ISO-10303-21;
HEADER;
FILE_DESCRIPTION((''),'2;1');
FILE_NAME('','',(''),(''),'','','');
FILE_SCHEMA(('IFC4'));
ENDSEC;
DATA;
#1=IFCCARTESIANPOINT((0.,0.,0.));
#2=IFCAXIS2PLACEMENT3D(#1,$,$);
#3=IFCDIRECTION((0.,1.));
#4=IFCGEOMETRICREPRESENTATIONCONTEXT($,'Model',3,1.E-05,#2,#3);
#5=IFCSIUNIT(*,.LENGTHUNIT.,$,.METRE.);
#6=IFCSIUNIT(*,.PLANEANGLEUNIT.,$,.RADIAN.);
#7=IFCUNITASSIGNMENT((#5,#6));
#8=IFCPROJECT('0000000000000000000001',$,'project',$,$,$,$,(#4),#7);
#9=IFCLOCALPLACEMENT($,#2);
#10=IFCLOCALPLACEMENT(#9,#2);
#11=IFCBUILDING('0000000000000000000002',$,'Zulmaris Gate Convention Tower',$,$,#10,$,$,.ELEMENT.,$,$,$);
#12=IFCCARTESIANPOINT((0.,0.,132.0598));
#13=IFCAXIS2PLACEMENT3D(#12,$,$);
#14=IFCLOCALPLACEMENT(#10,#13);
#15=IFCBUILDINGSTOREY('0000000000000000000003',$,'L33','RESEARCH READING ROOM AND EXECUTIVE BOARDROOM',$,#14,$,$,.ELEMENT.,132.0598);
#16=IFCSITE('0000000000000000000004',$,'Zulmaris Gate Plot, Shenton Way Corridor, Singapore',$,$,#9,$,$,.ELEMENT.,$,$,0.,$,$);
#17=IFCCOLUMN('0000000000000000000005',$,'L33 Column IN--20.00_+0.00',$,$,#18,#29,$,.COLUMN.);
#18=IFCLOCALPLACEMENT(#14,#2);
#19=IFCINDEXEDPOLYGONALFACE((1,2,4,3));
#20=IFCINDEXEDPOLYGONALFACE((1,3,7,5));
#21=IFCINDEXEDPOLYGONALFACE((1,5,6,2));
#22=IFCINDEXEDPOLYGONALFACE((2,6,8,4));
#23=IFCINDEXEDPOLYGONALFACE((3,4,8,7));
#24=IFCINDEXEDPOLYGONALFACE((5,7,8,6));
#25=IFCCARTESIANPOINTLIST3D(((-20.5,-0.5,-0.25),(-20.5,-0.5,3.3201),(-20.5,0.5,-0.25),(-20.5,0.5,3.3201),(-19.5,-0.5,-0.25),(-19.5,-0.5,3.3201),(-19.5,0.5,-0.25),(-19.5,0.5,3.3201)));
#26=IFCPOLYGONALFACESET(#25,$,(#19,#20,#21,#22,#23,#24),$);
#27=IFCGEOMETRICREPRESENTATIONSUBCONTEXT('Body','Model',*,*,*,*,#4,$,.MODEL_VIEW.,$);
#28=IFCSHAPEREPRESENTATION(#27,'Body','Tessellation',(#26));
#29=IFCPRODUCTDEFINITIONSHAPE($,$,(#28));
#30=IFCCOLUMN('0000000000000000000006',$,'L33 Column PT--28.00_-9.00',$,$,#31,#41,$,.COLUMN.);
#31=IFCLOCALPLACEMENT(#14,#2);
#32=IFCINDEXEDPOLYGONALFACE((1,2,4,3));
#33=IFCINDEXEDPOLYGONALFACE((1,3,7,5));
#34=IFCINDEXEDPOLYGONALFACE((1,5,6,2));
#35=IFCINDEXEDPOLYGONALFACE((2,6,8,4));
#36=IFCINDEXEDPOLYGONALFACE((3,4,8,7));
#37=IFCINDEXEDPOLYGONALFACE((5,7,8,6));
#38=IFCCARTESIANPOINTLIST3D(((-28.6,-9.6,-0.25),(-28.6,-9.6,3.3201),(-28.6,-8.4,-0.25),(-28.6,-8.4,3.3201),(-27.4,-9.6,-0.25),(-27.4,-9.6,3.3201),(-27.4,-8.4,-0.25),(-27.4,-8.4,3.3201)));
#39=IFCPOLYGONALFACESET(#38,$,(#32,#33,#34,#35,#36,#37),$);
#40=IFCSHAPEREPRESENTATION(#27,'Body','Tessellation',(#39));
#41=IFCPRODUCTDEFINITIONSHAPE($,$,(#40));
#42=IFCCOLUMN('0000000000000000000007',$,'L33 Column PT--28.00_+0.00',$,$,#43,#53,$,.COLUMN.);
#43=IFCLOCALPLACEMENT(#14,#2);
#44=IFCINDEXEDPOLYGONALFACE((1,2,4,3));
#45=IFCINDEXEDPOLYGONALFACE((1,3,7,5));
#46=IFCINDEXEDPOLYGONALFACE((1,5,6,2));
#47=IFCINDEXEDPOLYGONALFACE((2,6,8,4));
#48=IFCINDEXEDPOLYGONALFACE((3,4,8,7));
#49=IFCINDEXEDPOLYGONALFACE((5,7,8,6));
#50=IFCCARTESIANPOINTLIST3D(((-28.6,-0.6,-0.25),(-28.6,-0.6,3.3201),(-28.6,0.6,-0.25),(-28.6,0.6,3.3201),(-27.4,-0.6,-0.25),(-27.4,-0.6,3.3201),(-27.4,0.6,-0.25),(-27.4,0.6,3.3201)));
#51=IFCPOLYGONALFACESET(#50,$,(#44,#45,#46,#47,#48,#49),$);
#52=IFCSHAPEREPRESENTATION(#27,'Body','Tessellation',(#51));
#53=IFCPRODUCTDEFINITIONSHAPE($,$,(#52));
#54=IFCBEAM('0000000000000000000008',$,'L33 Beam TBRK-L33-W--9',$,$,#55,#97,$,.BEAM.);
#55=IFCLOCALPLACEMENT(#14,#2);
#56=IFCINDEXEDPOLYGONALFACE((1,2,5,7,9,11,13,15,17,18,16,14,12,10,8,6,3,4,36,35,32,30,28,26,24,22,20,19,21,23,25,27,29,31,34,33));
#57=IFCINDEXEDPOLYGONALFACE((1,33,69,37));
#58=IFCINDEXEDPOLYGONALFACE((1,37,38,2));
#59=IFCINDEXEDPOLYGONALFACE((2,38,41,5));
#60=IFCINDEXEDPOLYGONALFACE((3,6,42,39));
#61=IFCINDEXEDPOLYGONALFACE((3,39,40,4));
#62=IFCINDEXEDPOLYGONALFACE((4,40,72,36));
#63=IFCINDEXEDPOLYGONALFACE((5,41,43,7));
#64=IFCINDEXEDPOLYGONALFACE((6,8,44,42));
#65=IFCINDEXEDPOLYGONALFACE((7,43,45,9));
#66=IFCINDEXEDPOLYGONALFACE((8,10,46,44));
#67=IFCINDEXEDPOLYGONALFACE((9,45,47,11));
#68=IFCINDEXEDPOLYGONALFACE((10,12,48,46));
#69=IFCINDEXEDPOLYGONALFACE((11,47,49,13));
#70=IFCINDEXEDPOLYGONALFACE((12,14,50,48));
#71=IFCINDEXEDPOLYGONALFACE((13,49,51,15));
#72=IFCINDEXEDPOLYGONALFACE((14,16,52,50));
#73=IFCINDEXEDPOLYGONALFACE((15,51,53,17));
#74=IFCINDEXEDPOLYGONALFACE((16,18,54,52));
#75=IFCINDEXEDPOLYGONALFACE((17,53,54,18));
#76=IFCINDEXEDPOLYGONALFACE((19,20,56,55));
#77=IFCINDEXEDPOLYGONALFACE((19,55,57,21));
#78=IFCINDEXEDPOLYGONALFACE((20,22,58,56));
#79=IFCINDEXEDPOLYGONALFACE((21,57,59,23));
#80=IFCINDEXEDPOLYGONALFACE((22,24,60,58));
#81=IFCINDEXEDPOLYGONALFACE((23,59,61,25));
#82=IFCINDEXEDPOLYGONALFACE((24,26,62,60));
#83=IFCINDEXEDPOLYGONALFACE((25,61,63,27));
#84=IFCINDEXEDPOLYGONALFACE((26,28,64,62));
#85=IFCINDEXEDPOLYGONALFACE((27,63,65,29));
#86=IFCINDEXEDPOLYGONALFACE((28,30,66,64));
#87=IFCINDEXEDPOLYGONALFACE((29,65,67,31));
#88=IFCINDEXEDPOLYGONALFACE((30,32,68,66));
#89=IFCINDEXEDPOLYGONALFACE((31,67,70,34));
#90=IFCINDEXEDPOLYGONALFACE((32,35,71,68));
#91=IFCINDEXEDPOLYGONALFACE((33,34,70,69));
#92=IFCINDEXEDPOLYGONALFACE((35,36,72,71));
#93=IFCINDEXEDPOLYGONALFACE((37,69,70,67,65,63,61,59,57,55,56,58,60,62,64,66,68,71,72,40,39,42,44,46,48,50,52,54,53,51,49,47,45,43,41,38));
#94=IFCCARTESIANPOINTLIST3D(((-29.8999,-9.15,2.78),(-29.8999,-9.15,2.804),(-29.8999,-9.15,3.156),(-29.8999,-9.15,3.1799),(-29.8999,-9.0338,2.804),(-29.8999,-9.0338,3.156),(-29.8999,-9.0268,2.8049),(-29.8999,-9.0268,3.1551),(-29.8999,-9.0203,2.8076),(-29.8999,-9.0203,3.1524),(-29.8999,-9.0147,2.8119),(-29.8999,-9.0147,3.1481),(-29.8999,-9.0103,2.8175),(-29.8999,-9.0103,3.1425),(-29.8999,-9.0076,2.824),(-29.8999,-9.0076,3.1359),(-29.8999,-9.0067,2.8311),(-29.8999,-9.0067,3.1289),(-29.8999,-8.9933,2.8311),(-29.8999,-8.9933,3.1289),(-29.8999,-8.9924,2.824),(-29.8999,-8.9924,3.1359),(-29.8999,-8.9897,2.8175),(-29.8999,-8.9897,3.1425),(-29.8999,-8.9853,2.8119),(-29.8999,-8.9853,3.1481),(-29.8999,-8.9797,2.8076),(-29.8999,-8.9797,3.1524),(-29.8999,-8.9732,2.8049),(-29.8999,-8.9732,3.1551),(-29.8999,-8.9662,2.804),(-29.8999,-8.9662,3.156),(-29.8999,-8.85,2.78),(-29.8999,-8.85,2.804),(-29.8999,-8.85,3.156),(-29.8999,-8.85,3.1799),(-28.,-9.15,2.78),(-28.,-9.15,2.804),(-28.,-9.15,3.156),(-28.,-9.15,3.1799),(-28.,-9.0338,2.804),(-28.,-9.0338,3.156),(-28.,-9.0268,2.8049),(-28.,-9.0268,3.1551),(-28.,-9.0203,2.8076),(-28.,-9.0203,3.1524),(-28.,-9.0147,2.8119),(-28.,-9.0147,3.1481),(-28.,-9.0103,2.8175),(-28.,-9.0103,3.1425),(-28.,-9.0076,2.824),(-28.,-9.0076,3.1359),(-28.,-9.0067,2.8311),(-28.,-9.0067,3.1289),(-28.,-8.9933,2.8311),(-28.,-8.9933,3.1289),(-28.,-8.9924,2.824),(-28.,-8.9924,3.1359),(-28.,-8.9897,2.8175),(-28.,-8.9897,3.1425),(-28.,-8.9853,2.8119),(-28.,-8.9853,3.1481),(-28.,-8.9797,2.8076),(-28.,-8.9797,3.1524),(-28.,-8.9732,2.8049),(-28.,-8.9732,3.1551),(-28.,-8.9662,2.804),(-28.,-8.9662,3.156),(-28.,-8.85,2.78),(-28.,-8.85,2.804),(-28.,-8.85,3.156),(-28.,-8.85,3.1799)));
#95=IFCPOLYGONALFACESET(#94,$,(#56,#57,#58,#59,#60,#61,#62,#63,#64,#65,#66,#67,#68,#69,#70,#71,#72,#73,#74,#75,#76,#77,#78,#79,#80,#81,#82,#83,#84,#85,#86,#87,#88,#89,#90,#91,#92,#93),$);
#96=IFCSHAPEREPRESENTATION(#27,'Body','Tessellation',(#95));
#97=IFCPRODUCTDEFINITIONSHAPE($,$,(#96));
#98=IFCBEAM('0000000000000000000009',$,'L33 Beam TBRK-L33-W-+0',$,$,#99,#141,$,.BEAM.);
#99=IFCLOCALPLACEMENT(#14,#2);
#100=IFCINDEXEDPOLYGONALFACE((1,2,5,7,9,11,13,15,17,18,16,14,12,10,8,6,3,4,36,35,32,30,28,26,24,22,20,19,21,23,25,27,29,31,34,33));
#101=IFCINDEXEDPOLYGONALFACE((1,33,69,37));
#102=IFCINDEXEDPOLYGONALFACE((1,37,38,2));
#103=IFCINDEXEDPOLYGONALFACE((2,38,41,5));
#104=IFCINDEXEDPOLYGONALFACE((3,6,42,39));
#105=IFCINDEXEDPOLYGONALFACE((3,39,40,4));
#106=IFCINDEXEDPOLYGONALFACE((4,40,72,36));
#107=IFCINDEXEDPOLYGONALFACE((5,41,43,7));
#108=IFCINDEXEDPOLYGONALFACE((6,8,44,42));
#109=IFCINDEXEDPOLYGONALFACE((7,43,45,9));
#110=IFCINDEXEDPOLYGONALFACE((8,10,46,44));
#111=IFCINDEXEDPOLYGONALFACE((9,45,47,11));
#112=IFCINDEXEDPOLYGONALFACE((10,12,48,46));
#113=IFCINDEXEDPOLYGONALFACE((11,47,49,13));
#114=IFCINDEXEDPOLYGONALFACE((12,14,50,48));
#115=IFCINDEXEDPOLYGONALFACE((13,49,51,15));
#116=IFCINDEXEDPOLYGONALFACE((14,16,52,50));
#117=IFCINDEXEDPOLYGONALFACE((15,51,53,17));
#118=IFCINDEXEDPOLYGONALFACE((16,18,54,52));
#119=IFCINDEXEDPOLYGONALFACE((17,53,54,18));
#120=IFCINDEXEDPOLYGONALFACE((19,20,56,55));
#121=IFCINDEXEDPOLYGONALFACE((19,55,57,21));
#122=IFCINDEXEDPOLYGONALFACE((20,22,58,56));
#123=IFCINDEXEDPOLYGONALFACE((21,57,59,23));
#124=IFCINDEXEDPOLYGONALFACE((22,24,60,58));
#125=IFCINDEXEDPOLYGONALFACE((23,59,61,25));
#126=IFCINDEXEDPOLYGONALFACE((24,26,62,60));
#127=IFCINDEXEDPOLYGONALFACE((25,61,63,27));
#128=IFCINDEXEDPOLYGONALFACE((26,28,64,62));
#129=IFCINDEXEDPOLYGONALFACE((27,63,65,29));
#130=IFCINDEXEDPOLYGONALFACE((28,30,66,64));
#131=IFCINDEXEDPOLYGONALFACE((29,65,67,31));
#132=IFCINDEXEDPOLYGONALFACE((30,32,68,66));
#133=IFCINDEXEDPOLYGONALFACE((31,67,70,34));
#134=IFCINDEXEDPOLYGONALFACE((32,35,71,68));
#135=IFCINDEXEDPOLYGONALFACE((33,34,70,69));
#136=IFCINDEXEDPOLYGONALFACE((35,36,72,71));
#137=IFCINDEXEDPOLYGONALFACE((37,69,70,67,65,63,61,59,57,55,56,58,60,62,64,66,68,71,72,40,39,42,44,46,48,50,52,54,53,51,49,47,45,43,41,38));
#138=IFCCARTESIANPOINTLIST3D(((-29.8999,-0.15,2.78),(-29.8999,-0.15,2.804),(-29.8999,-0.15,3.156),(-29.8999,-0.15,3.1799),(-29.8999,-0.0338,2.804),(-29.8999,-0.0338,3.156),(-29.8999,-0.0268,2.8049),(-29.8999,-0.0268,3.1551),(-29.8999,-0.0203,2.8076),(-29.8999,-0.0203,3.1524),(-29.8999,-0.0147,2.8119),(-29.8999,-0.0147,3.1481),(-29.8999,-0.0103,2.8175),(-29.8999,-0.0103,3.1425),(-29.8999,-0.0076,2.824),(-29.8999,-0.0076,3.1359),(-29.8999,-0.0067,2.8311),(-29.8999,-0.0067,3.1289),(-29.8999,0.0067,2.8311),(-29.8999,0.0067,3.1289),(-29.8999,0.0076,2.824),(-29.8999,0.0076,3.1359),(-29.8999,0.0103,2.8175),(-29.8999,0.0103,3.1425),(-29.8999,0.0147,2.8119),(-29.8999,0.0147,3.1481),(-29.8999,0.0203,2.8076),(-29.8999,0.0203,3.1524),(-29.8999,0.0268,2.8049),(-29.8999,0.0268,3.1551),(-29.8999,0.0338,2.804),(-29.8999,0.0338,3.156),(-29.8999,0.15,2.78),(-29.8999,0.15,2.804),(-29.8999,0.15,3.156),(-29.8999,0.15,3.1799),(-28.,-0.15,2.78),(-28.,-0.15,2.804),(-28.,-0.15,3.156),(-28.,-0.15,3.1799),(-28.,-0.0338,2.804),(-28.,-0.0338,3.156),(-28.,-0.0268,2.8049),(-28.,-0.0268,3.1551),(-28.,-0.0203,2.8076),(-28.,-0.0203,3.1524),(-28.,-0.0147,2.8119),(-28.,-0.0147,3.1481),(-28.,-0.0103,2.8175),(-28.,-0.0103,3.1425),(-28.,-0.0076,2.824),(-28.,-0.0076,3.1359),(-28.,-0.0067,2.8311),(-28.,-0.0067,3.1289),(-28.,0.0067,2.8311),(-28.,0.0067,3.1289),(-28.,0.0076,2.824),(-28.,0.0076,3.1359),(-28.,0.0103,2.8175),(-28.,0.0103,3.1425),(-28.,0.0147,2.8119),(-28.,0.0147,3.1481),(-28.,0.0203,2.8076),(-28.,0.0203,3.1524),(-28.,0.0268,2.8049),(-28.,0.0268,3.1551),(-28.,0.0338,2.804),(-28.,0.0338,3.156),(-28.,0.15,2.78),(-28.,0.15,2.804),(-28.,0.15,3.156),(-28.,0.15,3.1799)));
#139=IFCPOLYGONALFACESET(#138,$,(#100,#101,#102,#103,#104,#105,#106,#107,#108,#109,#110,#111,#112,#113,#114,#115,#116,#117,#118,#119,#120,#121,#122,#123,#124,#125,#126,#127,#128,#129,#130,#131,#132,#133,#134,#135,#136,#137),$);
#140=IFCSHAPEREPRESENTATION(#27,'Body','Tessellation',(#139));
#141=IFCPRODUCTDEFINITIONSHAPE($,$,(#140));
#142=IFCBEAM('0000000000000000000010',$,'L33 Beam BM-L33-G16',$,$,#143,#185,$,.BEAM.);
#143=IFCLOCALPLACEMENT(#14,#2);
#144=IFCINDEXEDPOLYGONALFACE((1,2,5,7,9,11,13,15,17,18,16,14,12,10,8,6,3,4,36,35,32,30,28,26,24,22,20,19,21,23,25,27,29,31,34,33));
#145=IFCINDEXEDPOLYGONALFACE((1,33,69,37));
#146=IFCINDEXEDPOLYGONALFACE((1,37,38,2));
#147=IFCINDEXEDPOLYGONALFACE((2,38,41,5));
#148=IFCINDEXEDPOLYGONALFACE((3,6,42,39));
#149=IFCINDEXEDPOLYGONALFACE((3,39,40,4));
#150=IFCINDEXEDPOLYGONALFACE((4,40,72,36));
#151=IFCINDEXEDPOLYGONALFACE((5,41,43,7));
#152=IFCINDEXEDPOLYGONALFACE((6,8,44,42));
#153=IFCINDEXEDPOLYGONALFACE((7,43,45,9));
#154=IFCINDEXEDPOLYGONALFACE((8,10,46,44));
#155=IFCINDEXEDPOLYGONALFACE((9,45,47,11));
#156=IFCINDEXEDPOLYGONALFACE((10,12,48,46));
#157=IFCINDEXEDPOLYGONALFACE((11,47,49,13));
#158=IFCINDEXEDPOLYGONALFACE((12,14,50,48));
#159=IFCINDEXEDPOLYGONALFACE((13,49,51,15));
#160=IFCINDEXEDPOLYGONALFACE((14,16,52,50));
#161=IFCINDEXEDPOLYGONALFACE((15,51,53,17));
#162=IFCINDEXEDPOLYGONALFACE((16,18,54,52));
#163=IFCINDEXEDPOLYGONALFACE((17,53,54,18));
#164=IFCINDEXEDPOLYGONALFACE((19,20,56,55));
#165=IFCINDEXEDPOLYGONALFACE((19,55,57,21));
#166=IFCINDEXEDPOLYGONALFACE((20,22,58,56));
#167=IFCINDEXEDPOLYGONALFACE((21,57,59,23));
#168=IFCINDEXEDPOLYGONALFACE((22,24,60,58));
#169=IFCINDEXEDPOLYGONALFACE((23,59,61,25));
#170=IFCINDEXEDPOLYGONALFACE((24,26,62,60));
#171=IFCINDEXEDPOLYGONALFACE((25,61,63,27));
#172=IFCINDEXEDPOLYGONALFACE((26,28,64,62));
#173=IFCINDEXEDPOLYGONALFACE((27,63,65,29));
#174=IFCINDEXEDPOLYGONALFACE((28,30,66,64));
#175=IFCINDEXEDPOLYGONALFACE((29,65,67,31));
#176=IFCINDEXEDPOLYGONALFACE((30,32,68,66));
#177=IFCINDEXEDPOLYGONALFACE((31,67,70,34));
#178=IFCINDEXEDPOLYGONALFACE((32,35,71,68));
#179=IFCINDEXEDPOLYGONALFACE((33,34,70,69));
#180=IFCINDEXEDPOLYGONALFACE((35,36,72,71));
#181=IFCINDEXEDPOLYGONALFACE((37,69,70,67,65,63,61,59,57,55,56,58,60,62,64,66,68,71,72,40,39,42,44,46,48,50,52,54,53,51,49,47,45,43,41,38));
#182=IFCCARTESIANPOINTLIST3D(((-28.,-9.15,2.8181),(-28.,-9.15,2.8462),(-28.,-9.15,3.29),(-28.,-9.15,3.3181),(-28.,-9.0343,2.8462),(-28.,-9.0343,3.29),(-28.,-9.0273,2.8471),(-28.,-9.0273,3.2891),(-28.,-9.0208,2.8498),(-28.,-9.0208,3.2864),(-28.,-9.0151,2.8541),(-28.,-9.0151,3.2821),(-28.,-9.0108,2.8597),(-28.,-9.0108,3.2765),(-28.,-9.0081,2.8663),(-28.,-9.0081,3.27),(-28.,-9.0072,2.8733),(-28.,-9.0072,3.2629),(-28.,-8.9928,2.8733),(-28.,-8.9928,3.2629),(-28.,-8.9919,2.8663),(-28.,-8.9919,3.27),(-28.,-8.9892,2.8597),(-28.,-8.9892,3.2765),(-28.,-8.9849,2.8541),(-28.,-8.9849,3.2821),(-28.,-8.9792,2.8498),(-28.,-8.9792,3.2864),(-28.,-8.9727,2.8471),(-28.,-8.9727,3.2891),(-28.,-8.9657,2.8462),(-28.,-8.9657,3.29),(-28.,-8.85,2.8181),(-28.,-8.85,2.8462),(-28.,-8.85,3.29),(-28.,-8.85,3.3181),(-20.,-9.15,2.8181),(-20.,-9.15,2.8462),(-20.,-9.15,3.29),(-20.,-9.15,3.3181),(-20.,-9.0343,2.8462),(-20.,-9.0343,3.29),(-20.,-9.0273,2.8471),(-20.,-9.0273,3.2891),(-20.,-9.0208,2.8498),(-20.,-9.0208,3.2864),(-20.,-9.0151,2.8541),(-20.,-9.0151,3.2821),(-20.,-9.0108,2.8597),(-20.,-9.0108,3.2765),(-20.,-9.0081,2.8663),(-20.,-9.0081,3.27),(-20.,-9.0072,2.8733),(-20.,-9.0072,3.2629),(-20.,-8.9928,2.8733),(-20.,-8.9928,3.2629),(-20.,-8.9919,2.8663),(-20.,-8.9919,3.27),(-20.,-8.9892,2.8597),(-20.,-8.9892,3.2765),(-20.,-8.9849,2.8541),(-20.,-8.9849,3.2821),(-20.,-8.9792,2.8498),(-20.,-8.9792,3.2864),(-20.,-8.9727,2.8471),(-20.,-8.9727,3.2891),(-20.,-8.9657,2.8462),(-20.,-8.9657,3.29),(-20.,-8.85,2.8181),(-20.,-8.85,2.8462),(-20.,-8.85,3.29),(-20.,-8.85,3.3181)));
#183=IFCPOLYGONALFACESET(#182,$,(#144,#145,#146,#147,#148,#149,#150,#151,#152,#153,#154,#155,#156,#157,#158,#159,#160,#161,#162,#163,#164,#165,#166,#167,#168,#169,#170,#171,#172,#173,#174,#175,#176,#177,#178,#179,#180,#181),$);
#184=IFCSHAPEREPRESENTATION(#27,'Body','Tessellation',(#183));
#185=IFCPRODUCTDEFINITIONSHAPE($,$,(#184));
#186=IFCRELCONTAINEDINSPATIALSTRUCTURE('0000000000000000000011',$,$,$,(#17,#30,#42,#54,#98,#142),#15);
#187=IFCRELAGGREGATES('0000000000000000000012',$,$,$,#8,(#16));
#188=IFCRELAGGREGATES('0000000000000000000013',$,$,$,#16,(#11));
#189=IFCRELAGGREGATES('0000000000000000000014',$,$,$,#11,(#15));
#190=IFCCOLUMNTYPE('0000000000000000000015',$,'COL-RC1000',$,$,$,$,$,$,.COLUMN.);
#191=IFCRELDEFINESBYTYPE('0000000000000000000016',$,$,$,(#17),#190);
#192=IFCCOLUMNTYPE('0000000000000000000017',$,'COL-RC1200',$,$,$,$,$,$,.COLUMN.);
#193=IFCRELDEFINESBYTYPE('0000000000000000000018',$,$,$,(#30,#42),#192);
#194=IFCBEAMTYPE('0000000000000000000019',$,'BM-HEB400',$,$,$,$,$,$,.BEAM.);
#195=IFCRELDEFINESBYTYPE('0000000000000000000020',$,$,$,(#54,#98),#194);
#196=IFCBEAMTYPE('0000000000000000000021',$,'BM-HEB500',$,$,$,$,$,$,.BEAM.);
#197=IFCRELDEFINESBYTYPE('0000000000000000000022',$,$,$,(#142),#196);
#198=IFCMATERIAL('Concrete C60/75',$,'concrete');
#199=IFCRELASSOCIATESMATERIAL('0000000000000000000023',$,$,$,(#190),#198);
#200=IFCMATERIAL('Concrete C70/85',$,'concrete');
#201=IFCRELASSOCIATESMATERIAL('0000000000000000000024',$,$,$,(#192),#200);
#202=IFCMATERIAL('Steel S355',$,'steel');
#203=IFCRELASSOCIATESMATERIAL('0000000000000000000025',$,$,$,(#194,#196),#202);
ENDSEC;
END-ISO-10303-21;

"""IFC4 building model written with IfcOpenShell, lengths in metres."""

from ifc_helpers import new_model, si_unit, direction, frame, origin, origin_2d, place, context, subcontext, project, spatial, rectangle, i_section, extrude, material, material_profile, profile_set, type_object, element, save


model = new_model("IFC4")

# Units and contexts
model_context = context("Model", 3, precision=1e-05, world=origin(), true_north=direction((0.0, 1.0)))
body_context = subcontext(model_context, "Body", "Model", "MODEL_VIEW")
ifc_project = project(units=[si_unit("LENGTHUNIT", "METRE"), si_unit("PLANEANGLEUNIT", "RADIAN")], contexts=[model_context])

# Site, building, storey
site_placement = place(None, origin())
site = spatial("IfcSite", under=ifc_project, at=site_placement, Name="Zulmaris Gate Plot, Shenton Way Corridor, Singapore", CompositionType="ELEMENT", RefElevation=0.0)
building_placement = place(site_placement, origin())
building = spatial("IfcBuilding", under=site, at=building_placement, Name="Zulmaris Gate Convention Tower", CompositionType="ELEMENT")
storey_placement = place(building_placement, frame((0.0, 0.0, 132.0598)))
storey = spatial("IfcBuildingStorey", under=building, at=storey_placement, Name="L33", Description="RESEARCH READING ROOM AND EXECUTIVE BOARDROOM", CompositionType="ELEMENT", Elevation=132.0598)

# Columns
ifc_material_1 = material(Name="Concrete C60/75", Category="concrete")
ifc_material_profile_1 = material_profile(ifc_material_1, rectangle(XDim=1.0, YDim=1.0, at=origin_2d()), Name="RC COL 1000x1000")
ifc_profile_set_1 = profile_set([ifc_material_profile_1], Name="Concrete C60/75")
column_type_1 = type_object("IfcColumnType", Name="COL-RC1000", PredefinedType="COLUMN", material=ifc_profile_set_1)
column_placement = place(storey_placement, frame((-20.0, 0.0, -0.25), z_axis=(0.0, 0.0, 1.0), x_axis=(1.0, 0.0, 0.0)))
element("IfcColumn", 1, at=column_placement, inside=storey, type_object=column_type_1, Name="L33 Column IN--20.00_+0.00", PredefinedType="COLUMN", context=body_context, shape_type="SweptSolid", body=[
    extrude(rectangle(XDim=1.0, YDim=1.0, at=origin_2d()), origin(), (0.0, 0.0, 1.0), 3.5701),
])
ifc_material_2 = material(Name="Concrete C70/85", Category="concrete")
ifc_material_profile_2 = material_profile(ifc_material_2, rectangle(XDim=1.2, YDim=1.2, at=origin_2d()), Name="RC COL 1200x1200")
ifc_profile_set_2 = profile_set([ifc_material_profile_2], Name="Concrete C70/85")
column_type_2 = type_object("IfcColumnType", Name="COL-RC1200", PredefinedType="COLUMN", material=ifc_profile_set_2)
for number, where, z_axis, x_axis, name in (
    (2, (-28.0, -9.0, -0.25), (0.0, 0.0, 1.0), (1.0, 0.0, 0.0), "L33 Column PT--28.00_-9.00"),
    (3, (-28.0, 0.0, -0.25), (0.0, 0.0, 1.0), (1.0, 0.0, 0.0), "L33 Column PT--28.00_+0.00"),
):
    element("IfcColumn", number, at=place(storey_placement, frame(where, z_axis=z_axis, x_axis=x_axis)), inside=storey, type_object=column_type_2, Name=name, PredefinedType="COLUMN", context=body_context, shape_type="SweptSolid", body=[
        extrude(rectangle(XDim=1.2, YDim=1.2, at=origin_2d()), origin(), (0.0, 0.0, 1.0), 3.5701),
    ])

# Beams
ifc_material_3 = material(Name="Steel S355", Category="steel")
ifc_material_profile_3 = material_profile(ifc_material_3, i_section(OverallWidth=0.3, OverallDepth=0.3999, WebThickness=0.0134, FlangeThickness=0.0239, FilletRadius=0.0271, at=origin_2d()), Name="HEB 400")
ifc_profile_set_3 = profile_set([ifc_material_profile_3], Name="Steel S355")
beam_type_1 = type_object("IfcBeamType", Name="BM-HEB400", PredefinedType="BEAM", material=ifc_profile_set_3)
for number, where, z_axis, x_axis, name in (
    (4, (-29.8999, -9.0, 2.98), (1.0, 0.0, 0.0), (0.0, 1.0, 0.0), "L33 Beam TBRK-L33-W--9"),
    (5, (-29.8999, 0.0, 2.98), (1.0, 0.0, 0.0), (0.0, 1.0, 0.0), "L33 Beam TBRK-L33-W-+0"),
):
    element("IfcBeam", number, at=place(storey_placement, frame(where, z_axis=z_axis, x_axis=x_axis)), inside=storey, type_object=beam_type_1, Name=name, PredefinedType="BEAM", context=body_context, shape_type="SweptSolid", body=[
        extrude(i_section(OverallWidth=0.3, OverallDepth=0.3999, WebThickness=0.0134, FlangeThickness=0.0239, FilletRadius=0.0271, at=origin_2d()), origin(), (0.0, 0.0, 1.0), 1.8999),
    ])
ifc_material_profile_4 = material_profile(ifc_material_3, i_section(OverallWidth=0.3, OverallDepth=0.5, WebThickness=0.0144, FlangeThickness=0.0281, FilletRadius=0.0271, at=origin_2d()), Name="HEB 500")
ifc_profile_set_4 = profile_set([ifc_material_profile_4], Name="Steel S355")
beam_type_2 = type_object("IfcBeamType", Name="BM-HEB500", PredefinedType="BEAM", material=ifc_profile_set_4)
for number, where, z_axis, x_axis, name in (
    (6, (-28.0, -9.0, 3.0681), (1.0, 0.0, 0.0), (0.0, 1.0, 0.0), "L33 Beam BM-L33-G16"),
):
    element("IfcBeam", number, at=place(storey_placement, frame(where, z_axis=z_axis, x_axis=x_axis)), inside=storey, type_object=beam_type_2, Name=name, PredefinedType="BEAM", context=body_context, shape_type="SweptSolid", body=[
        extrude(i_section(OverallWidth=0.3, OverallDepth=0.5, WebThickness=0.0144, FlangeThickness=0.0281, FilletRadius=0.0271, at=origin_2d()), origin(), (0.0, 0.0, 1.0), 8.0),
    ])

save(model, "model.ifc")
